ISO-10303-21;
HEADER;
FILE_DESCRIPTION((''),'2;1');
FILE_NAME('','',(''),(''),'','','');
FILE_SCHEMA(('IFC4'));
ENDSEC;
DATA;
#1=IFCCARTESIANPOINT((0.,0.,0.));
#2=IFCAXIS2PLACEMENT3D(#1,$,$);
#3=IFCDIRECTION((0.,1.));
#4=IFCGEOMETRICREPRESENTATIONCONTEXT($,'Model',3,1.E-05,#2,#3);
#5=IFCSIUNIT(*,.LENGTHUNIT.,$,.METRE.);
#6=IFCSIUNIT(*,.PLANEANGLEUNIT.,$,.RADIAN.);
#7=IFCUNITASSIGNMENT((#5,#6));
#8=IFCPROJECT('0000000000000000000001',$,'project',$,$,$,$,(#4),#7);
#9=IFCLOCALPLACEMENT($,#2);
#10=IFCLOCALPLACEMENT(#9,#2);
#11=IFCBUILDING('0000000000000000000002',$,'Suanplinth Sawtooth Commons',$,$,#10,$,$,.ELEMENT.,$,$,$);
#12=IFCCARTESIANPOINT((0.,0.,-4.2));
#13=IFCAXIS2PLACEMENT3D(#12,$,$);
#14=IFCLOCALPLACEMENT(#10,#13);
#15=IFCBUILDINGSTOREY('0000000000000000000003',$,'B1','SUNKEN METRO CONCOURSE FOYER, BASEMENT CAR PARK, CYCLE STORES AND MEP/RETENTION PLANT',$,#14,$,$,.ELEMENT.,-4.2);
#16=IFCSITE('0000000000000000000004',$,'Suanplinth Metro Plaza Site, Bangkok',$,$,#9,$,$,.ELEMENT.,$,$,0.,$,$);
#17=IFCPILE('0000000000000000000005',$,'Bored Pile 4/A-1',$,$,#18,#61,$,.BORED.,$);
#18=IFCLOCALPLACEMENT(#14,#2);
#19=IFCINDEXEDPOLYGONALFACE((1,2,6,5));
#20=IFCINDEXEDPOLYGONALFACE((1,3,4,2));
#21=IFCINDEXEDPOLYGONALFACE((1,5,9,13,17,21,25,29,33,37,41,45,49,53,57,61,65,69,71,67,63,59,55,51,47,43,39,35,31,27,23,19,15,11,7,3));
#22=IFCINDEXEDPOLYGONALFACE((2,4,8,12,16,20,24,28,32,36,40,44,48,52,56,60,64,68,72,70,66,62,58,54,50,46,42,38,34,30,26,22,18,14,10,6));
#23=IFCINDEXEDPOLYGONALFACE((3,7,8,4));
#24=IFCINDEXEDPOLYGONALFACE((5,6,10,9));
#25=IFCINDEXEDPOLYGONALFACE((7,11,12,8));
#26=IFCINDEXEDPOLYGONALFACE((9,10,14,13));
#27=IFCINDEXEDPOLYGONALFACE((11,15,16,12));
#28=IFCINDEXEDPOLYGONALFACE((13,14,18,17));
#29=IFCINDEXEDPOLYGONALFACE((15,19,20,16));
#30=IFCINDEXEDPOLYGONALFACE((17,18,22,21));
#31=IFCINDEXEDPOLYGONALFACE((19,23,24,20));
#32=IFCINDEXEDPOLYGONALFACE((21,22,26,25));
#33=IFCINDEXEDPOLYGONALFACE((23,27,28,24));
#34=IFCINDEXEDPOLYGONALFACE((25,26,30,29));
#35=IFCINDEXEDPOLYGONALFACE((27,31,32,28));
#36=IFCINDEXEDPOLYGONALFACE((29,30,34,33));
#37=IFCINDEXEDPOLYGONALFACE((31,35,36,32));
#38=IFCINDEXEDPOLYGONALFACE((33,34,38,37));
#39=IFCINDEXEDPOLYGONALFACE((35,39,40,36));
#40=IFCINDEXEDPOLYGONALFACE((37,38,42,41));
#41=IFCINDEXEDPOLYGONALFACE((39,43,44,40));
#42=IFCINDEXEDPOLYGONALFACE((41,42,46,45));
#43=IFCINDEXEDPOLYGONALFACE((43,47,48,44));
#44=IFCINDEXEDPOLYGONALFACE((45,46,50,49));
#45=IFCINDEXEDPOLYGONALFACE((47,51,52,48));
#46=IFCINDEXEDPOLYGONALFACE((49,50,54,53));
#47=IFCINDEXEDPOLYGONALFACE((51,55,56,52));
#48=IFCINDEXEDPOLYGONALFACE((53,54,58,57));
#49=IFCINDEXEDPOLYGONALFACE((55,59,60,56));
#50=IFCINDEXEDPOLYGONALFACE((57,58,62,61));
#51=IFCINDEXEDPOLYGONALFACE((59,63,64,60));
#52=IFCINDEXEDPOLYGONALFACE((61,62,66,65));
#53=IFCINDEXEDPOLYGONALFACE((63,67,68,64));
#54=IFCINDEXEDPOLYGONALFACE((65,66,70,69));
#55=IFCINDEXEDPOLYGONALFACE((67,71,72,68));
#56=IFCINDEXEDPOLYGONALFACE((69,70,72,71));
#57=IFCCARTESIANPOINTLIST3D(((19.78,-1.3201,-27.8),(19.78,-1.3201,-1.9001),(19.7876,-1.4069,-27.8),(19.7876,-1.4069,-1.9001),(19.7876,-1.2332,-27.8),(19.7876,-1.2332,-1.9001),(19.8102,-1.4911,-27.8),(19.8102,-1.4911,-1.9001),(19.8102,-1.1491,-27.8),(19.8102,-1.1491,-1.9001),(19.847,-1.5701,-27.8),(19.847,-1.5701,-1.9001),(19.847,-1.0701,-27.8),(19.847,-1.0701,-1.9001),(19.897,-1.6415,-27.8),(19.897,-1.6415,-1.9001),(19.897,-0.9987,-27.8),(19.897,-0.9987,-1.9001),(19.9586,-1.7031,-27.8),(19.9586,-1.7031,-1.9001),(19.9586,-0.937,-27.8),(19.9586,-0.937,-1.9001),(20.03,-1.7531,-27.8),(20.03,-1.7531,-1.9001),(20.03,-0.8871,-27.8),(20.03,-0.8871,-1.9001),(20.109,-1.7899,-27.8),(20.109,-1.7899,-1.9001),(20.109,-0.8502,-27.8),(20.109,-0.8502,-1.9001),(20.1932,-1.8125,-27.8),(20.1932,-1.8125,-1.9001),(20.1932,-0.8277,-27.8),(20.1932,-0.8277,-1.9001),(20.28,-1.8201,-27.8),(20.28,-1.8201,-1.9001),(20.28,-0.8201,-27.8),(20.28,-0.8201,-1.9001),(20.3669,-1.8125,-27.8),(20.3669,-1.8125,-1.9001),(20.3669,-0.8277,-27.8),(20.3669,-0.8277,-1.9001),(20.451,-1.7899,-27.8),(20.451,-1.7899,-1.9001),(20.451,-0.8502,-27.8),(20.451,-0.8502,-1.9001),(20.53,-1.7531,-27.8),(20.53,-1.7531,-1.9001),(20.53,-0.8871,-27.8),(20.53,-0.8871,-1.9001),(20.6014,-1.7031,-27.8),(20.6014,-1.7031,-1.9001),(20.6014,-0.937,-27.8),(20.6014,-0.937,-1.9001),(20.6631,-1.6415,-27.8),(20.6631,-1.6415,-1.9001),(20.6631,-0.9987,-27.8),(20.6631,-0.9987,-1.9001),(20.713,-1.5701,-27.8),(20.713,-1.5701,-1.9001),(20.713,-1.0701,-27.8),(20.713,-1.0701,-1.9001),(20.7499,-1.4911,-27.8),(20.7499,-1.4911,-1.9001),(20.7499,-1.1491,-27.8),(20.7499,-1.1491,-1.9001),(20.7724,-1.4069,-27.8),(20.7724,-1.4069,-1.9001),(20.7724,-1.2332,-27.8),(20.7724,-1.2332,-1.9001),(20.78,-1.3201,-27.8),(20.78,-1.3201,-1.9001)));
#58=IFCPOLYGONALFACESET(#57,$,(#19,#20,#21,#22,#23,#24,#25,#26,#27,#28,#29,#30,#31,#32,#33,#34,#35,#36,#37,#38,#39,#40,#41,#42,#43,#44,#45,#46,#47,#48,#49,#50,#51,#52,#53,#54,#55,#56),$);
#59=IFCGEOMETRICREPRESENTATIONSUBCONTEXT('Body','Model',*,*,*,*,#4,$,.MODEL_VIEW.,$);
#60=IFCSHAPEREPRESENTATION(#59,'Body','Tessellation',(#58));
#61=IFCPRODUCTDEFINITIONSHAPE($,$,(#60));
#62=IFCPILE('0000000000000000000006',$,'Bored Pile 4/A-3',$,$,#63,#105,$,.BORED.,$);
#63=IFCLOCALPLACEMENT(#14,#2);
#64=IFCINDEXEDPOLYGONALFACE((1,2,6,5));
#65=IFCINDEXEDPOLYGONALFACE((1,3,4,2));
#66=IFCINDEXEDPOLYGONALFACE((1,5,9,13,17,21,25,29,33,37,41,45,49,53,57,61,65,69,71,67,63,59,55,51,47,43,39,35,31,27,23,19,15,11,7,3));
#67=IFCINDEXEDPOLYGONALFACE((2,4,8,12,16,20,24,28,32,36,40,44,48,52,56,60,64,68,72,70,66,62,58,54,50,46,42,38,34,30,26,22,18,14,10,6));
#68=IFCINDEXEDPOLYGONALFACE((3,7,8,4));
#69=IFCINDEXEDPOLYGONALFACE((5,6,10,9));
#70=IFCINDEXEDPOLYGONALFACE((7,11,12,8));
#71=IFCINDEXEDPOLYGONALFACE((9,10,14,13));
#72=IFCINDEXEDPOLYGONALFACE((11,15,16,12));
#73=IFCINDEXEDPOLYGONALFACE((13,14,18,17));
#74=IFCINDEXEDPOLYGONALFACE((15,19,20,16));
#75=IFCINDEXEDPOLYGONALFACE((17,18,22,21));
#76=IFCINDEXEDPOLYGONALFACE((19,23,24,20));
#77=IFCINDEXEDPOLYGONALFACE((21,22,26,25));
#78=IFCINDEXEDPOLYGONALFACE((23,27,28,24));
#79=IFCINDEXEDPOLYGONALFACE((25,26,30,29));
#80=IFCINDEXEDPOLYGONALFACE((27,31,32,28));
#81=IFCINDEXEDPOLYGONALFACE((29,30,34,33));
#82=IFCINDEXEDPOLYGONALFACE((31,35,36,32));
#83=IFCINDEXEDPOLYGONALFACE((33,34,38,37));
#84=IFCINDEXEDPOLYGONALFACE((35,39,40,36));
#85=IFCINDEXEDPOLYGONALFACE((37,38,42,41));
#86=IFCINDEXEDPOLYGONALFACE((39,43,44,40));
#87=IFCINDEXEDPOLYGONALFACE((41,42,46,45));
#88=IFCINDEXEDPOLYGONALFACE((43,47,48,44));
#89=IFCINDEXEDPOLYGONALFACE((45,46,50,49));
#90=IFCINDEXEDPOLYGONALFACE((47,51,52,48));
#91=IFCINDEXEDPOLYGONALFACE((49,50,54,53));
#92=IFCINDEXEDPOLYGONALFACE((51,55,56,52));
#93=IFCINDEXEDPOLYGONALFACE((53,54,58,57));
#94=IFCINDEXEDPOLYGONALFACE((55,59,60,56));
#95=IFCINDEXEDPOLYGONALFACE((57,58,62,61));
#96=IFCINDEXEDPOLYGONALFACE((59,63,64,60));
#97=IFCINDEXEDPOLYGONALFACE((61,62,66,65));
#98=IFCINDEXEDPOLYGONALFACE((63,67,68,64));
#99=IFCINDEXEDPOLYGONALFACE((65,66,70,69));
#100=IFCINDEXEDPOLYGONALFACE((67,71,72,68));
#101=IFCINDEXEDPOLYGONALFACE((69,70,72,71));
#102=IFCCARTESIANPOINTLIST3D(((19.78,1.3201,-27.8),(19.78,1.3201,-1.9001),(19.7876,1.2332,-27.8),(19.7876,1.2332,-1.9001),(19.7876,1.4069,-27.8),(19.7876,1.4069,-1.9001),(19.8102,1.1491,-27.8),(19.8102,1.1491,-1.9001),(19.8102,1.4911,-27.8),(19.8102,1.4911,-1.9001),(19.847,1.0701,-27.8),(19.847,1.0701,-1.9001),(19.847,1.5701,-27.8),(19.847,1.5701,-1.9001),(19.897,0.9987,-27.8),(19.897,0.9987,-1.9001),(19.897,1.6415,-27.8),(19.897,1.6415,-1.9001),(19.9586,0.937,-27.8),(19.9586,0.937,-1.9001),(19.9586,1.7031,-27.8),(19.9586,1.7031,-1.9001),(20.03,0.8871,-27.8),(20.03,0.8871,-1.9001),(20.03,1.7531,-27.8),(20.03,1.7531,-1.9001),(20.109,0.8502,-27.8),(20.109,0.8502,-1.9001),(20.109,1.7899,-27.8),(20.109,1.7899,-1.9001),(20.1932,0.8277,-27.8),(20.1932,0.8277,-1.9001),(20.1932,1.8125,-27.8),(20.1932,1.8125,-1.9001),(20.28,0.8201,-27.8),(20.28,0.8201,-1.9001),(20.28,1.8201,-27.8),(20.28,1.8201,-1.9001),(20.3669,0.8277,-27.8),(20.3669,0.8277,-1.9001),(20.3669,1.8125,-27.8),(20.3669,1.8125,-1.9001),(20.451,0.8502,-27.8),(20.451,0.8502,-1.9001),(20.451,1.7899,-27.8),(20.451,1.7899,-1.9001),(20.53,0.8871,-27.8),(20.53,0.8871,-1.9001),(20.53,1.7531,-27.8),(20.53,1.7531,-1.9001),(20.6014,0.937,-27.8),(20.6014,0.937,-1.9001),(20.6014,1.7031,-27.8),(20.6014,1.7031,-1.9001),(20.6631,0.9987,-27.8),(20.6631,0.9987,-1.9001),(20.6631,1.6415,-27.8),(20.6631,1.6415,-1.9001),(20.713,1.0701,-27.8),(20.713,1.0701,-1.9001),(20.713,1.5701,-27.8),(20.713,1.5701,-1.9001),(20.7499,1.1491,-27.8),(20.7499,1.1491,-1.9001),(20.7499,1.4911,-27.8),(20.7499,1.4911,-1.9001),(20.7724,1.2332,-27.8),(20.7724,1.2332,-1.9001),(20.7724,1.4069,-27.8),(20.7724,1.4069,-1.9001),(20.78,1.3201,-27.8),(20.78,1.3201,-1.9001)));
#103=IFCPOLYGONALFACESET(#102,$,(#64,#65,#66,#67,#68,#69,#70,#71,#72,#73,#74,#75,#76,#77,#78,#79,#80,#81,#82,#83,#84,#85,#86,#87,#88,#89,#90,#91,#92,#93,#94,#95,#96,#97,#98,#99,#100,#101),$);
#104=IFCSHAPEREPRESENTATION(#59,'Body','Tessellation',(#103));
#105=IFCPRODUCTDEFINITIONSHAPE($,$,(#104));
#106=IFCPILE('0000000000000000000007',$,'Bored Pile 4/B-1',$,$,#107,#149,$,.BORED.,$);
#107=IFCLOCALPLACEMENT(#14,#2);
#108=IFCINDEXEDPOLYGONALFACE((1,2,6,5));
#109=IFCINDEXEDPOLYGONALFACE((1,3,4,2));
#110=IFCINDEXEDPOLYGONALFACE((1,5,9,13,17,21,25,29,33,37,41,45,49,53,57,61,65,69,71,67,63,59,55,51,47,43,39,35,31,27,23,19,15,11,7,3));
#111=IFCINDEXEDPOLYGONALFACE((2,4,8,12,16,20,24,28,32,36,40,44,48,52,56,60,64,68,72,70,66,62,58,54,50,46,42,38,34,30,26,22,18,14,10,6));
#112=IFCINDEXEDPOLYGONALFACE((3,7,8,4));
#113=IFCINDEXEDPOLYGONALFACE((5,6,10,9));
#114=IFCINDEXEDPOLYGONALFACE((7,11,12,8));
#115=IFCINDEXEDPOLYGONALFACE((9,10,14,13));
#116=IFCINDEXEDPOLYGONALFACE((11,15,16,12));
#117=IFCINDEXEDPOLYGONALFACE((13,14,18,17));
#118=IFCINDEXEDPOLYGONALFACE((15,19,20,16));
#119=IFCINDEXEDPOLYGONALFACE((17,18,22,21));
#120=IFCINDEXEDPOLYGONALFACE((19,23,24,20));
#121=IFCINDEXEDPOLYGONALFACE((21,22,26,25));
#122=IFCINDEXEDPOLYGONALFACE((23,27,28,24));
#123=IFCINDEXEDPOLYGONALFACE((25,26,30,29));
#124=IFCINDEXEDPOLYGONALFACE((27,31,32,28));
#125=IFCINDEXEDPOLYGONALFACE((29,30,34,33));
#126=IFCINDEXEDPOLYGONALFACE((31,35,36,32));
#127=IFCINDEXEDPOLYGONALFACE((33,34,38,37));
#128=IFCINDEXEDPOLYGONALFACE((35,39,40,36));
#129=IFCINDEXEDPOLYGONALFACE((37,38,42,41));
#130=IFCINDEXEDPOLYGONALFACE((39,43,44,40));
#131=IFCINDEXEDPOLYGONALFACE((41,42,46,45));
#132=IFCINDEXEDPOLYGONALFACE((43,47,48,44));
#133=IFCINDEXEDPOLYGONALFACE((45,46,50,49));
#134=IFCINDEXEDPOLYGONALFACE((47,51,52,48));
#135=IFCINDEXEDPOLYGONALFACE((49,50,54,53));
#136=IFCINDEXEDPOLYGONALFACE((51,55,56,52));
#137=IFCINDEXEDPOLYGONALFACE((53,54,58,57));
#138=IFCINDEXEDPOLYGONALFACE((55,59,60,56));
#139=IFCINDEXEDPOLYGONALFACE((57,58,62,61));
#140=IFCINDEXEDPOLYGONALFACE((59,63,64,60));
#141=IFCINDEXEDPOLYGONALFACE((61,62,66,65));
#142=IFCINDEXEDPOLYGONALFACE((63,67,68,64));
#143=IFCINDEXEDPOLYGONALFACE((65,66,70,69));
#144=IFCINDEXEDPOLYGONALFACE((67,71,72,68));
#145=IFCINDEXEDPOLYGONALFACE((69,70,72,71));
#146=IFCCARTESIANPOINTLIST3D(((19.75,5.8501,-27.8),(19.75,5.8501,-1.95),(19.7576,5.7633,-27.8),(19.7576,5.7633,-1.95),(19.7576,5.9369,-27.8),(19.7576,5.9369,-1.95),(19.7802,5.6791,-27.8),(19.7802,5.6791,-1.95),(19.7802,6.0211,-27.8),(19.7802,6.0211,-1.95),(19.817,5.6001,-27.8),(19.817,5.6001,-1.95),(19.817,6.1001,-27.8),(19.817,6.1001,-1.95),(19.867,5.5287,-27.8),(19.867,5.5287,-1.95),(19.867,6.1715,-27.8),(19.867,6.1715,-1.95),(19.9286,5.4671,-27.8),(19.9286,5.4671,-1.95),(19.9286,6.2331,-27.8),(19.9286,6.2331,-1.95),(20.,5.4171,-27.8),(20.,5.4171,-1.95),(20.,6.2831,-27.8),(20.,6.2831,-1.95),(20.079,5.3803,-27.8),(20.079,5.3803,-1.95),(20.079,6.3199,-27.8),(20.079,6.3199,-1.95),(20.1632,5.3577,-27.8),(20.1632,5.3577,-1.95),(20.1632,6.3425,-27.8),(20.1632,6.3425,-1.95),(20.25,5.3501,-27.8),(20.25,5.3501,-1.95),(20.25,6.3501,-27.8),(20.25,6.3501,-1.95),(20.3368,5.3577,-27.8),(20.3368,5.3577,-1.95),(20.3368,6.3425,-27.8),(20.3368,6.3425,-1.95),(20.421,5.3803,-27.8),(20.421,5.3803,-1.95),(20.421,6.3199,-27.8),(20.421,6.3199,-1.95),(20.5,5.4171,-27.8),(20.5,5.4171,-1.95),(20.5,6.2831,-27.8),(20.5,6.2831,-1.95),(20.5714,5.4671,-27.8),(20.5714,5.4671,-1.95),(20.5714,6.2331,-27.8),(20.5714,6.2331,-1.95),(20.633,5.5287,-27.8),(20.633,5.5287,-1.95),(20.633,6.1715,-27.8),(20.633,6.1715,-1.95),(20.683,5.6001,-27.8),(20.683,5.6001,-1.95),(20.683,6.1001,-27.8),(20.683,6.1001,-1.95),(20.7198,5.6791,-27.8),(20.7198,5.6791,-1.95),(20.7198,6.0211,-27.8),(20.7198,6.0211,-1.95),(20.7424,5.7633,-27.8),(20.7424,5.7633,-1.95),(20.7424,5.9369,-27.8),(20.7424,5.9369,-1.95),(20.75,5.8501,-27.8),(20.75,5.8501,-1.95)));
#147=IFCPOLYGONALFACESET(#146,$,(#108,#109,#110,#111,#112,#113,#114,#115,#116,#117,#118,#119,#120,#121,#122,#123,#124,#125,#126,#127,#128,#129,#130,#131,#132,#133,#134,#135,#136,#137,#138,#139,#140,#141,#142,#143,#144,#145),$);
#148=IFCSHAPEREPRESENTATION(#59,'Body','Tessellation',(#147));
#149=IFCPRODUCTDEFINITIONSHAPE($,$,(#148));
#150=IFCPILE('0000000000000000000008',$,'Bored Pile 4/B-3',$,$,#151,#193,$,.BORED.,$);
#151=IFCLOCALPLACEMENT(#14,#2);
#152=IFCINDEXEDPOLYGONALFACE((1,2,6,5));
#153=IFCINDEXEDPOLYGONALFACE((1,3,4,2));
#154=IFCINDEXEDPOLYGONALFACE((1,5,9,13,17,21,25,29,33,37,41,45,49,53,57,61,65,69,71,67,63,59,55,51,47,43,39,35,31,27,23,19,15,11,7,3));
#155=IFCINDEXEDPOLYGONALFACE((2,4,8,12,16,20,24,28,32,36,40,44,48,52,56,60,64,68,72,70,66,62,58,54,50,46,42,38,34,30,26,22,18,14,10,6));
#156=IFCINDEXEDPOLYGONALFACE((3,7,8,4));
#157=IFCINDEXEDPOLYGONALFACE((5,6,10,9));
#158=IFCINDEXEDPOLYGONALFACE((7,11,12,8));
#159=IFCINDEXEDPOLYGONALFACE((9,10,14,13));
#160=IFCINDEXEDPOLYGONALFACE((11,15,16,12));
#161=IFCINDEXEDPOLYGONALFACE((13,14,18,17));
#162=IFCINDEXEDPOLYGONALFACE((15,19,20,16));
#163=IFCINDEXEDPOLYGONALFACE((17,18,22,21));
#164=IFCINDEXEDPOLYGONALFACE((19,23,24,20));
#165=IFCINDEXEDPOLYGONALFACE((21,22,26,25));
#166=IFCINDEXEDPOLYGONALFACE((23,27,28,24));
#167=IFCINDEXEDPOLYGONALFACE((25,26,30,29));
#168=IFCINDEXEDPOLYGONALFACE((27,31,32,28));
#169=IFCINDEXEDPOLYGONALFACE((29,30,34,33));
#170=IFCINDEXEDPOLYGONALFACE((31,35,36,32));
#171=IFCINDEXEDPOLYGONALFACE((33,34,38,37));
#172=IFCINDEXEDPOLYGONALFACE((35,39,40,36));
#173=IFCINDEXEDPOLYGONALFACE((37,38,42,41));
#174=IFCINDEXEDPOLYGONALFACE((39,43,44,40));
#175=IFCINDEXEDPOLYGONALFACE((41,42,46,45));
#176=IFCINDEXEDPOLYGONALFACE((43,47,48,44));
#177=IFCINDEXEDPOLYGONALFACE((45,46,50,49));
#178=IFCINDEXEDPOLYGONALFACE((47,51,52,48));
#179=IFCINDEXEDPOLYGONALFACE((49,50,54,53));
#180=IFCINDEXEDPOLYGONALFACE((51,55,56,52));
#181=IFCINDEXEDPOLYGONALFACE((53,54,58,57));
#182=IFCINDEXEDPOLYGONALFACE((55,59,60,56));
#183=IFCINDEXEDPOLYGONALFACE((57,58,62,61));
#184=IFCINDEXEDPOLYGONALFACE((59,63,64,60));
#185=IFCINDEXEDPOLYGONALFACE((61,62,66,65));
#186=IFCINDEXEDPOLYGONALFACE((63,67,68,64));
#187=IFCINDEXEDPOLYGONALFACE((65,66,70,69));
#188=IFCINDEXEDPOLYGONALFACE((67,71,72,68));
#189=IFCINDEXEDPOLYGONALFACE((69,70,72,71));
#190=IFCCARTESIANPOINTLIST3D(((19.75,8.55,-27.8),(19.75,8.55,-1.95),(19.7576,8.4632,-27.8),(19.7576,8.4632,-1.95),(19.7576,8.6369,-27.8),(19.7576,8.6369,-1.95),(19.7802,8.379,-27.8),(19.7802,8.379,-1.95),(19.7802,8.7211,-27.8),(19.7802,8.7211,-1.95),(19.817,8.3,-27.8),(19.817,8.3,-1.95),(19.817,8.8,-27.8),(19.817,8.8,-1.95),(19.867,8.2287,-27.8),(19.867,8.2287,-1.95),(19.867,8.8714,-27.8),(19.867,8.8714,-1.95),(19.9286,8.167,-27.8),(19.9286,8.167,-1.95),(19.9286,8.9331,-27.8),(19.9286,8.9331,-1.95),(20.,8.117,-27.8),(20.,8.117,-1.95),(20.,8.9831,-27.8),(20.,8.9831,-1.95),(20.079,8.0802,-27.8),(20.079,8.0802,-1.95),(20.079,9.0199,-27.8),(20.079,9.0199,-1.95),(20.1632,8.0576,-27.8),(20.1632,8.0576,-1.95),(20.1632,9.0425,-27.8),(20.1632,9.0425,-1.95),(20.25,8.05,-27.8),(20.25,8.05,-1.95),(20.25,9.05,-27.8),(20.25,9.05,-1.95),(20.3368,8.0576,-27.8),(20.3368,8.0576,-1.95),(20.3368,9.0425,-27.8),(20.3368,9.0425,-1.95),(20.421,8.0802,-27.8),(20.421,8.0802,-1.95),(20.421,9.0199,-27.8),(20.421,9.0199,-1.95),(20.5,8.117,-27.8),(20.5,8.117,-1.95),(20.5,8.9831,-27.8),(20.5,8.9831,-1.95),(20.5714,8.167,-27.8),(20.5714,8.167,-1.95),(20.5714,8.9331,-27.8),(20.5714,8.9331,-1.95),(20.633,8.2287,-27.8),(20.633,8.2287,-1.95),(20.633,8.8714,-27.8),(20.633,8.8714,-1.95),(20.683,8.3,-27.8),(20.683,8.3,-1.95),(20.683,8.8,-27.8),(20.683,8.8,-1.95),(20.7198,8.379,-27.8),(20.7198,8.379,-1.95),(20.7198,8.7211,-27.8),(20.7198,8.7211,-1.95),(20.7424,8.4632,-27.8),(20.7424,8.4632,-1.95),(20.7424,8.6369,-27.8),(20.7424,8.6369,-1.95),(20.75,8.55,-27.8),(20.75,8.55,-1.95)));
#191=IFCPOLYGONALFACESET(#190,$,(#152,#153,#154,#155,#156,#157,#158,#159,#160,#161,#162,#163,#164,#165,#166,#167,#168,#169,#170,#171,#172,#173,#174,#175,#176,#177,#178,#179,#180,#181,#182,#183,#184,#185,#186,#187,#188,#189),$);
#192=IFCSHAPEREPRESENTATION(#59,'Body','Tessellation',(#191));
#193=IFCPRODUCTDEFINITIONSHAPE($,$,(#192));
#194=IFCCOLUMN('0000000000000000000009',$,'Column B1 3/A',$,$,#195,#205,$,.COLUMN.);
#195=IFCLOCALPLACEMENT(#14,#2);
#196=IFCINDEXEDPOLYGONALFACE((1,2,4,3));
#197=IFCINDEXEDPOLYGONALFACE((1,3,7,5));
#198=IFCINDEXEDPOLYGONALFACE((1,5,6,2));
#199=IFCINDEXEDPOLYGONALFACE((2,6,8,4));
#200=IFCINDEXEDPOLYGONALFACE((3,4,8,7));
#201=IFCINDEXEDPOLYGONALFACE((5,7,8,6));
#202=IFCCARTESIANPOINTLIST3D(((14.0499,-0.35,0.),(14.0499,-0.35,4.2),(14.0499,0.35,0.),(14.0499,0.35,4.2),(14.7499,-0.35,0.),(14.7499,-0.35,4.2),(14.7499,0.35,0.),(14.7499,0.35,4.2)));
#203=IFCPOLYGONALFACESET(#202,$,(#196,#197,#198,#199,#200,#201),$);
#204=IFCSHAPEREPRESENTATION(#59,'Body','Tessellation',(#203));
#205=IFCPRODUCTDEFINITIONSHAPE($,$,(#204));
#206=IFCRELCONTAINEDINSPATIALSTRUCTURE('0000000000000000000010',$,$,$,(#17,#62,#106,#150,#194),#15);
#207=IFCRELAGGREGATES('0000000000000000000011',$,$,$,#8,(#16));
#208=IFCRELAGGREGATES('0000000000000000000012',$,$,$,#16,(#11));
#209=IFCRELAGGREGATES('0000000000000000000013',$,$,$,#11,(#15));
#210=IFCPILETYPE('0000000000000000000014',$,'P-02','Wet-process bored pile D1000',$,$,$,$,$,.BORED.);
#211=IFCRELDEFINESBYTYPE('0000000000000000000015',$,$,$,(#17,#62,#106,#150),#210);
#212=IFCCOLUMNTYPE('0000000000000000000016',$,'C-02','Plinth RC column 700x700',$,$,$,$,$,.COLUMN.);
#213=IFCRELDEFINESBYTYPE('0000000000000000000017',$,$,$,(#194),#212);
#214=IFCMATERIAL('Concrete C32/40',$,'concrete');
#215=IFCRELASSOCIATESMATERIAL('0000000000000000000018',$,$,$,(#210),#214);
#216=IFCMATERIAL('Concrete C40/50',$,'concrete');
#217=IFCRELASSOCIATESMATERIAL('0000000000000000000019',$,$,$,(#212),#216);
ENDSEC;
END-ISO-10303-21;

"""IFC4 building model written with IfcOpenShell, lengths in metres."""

from ifc_helpers import new_model, si_unit, direction, frame, origin, origin_2d, place, context, subcontext, project, spatial, rectangle, circle, extrude, material, material_profile, profile_set, type_object, element, save


model = new_model("IFC4")

# Units and contexts
model_context = context("Model", 3, precision=1e-05, world=origin(), true_north=direction((0.0, 1.0)))
body_context = subcontext(model_context, "Body", "Model", "MODEL_VIEW")
ifc_project = project(units=[si_unit("LENGTHUNIT", "METRE"), si_unit("PLANEANGLEUNIT", "RADIAN")], contexts=[model_context])

# Site, building, storey
site_placement = place(None, origin())
site = spatial("IfcSite", under=ifc_project, at=site_placement, Name="Suanplinth Metro Plaza Site, Bangkok", CompositionType="ELEMENT", RefElevation=0.0)
building_placement = place(site_placement, origin())
building = spatial("IfcBuilding", under=site, at=building_placement, Name="Suanplinth Sawtooth Commons", CompositionType="ELEMENT")
storey_placement = place(building_placement, frame((0.0, 0.0, -4.2)))
storey = spatial("IfcBuildingStorey", under=building, at=storey_placement, Name="B1", Description="SUNKEN METRO CONCOURSE FOYER, BASEMENT CAR PARK, CYCLE STORES AND MEP/RETENTION PLANT", CompositionType="ELEMENT", Elevation=-4.2)

# Piles
ifc_material_1 = material(Name="Concrete C32/40", Category="concrete")
ifc_material_profile_1 = material_profile(ifc_material_1, circle(Radius=0.5, at=origin_2d()), Name="PILE D1000")
ifc_profile_set_1 = profile_set([ifc_material_profile_1], Name="Concrete C32/40")
pile_type = type_object("IfcPileType", Name="P-02", Description="Wet-process bored pile D1000", PredefinedType="BORED", material=ifc_profile_set_1)
for number, where, z_axis, x_axis, name in (
    (1, (20.28, -1.3201, -1.9001), (0.0, 0.0, -1.0), (1.0, 0.0, 0.0), "Bored Pile 4/A-1"),
    (2, (20.28, 1.3201, -1.9001), (0.0, 0.0, -1.0), (1.0, 0.0, 0.0), "Bored Pile 4/A-3"),
):
    element("IfcPile", number, at=place(storey_placement, frame(where, z_axis=z_axis, x_axis=x_axis)), inside=storey, type_object=pile_type, Name=name, PredefinedType="BORED", context=body_context, shape_type="SweptSolid", body=[
        extrude(circle(Radius=0.5, at=origin_2d()), origin(), (0.0, 0.0, 1.0), 25.8999),
    ])
for number, where, z_axis, x_axis, name in (
    (3, (20.25, 5.8501, -1.95), (0.0, 0.0, -1.0), (1.0, 0.0, 0.0), "Bored Pile 4/B-1"),
    (4, (20.25, 8.55, -1.95), (0.0, 0.0, -1.0), (1.0, 0.0, 0.0), "Bored Pile 4/B-3"),
):
    element("IfcPile", number, at=place(storey_placement, frame(where, z_axis=z_axis, x_axis=x_axis)), inside=storey, type_object=pile_type, Name=name, PredefinedType="BORED", context=body_context, shape_type="SweptSolid", body=[
        extrude(circle(Radius=0.5, at=origin_2d()), origin(), (0.0, 0.0, 1.0), 25.8501),
    ])

# Column
ifc_material_2 = material(Name="Concrete C40/50", Category="concrete")
ifc_material_profile_2 = material_profile(ifc_material_2, rectangle(XDim=0.7, YDim=0.7, at=origin_2d()), Name="RC-COL 700x700")
ifc_profile_set_2 = profile_set([ifc_material_profile_2], Name="Concrete C40/50")
column_type = type_object("IfcColumnType", Name="C-02", Description="Plinth RC column 700x700", PredefinedType="COLUMN", material=ifc_profile_set_2)
for number, where, z_axis, x_axis, name in (
    (5, (14.3999, 0.0, 0.0), (0.0, 0.0, 1.0), (1.0, 0.0, 0.0), "Column B1 3/A"),
):
    element("IfcColumn", number, at=place(storey_placement, frame(where, z_axis=z_axis, x_axis=x_axis)), inside=storey, type_object=column_type, Name=name, PredefinedType="COLUMN", context=body_context, shape_type="SweptSolid", body=[
        extrude(rectangle(XDim=0.7, YDim=0.7, at=origin_2d()), origin(), (0.0, 0.0, 1.0), 4.2),
    ])

save(model, "model.ifc")
